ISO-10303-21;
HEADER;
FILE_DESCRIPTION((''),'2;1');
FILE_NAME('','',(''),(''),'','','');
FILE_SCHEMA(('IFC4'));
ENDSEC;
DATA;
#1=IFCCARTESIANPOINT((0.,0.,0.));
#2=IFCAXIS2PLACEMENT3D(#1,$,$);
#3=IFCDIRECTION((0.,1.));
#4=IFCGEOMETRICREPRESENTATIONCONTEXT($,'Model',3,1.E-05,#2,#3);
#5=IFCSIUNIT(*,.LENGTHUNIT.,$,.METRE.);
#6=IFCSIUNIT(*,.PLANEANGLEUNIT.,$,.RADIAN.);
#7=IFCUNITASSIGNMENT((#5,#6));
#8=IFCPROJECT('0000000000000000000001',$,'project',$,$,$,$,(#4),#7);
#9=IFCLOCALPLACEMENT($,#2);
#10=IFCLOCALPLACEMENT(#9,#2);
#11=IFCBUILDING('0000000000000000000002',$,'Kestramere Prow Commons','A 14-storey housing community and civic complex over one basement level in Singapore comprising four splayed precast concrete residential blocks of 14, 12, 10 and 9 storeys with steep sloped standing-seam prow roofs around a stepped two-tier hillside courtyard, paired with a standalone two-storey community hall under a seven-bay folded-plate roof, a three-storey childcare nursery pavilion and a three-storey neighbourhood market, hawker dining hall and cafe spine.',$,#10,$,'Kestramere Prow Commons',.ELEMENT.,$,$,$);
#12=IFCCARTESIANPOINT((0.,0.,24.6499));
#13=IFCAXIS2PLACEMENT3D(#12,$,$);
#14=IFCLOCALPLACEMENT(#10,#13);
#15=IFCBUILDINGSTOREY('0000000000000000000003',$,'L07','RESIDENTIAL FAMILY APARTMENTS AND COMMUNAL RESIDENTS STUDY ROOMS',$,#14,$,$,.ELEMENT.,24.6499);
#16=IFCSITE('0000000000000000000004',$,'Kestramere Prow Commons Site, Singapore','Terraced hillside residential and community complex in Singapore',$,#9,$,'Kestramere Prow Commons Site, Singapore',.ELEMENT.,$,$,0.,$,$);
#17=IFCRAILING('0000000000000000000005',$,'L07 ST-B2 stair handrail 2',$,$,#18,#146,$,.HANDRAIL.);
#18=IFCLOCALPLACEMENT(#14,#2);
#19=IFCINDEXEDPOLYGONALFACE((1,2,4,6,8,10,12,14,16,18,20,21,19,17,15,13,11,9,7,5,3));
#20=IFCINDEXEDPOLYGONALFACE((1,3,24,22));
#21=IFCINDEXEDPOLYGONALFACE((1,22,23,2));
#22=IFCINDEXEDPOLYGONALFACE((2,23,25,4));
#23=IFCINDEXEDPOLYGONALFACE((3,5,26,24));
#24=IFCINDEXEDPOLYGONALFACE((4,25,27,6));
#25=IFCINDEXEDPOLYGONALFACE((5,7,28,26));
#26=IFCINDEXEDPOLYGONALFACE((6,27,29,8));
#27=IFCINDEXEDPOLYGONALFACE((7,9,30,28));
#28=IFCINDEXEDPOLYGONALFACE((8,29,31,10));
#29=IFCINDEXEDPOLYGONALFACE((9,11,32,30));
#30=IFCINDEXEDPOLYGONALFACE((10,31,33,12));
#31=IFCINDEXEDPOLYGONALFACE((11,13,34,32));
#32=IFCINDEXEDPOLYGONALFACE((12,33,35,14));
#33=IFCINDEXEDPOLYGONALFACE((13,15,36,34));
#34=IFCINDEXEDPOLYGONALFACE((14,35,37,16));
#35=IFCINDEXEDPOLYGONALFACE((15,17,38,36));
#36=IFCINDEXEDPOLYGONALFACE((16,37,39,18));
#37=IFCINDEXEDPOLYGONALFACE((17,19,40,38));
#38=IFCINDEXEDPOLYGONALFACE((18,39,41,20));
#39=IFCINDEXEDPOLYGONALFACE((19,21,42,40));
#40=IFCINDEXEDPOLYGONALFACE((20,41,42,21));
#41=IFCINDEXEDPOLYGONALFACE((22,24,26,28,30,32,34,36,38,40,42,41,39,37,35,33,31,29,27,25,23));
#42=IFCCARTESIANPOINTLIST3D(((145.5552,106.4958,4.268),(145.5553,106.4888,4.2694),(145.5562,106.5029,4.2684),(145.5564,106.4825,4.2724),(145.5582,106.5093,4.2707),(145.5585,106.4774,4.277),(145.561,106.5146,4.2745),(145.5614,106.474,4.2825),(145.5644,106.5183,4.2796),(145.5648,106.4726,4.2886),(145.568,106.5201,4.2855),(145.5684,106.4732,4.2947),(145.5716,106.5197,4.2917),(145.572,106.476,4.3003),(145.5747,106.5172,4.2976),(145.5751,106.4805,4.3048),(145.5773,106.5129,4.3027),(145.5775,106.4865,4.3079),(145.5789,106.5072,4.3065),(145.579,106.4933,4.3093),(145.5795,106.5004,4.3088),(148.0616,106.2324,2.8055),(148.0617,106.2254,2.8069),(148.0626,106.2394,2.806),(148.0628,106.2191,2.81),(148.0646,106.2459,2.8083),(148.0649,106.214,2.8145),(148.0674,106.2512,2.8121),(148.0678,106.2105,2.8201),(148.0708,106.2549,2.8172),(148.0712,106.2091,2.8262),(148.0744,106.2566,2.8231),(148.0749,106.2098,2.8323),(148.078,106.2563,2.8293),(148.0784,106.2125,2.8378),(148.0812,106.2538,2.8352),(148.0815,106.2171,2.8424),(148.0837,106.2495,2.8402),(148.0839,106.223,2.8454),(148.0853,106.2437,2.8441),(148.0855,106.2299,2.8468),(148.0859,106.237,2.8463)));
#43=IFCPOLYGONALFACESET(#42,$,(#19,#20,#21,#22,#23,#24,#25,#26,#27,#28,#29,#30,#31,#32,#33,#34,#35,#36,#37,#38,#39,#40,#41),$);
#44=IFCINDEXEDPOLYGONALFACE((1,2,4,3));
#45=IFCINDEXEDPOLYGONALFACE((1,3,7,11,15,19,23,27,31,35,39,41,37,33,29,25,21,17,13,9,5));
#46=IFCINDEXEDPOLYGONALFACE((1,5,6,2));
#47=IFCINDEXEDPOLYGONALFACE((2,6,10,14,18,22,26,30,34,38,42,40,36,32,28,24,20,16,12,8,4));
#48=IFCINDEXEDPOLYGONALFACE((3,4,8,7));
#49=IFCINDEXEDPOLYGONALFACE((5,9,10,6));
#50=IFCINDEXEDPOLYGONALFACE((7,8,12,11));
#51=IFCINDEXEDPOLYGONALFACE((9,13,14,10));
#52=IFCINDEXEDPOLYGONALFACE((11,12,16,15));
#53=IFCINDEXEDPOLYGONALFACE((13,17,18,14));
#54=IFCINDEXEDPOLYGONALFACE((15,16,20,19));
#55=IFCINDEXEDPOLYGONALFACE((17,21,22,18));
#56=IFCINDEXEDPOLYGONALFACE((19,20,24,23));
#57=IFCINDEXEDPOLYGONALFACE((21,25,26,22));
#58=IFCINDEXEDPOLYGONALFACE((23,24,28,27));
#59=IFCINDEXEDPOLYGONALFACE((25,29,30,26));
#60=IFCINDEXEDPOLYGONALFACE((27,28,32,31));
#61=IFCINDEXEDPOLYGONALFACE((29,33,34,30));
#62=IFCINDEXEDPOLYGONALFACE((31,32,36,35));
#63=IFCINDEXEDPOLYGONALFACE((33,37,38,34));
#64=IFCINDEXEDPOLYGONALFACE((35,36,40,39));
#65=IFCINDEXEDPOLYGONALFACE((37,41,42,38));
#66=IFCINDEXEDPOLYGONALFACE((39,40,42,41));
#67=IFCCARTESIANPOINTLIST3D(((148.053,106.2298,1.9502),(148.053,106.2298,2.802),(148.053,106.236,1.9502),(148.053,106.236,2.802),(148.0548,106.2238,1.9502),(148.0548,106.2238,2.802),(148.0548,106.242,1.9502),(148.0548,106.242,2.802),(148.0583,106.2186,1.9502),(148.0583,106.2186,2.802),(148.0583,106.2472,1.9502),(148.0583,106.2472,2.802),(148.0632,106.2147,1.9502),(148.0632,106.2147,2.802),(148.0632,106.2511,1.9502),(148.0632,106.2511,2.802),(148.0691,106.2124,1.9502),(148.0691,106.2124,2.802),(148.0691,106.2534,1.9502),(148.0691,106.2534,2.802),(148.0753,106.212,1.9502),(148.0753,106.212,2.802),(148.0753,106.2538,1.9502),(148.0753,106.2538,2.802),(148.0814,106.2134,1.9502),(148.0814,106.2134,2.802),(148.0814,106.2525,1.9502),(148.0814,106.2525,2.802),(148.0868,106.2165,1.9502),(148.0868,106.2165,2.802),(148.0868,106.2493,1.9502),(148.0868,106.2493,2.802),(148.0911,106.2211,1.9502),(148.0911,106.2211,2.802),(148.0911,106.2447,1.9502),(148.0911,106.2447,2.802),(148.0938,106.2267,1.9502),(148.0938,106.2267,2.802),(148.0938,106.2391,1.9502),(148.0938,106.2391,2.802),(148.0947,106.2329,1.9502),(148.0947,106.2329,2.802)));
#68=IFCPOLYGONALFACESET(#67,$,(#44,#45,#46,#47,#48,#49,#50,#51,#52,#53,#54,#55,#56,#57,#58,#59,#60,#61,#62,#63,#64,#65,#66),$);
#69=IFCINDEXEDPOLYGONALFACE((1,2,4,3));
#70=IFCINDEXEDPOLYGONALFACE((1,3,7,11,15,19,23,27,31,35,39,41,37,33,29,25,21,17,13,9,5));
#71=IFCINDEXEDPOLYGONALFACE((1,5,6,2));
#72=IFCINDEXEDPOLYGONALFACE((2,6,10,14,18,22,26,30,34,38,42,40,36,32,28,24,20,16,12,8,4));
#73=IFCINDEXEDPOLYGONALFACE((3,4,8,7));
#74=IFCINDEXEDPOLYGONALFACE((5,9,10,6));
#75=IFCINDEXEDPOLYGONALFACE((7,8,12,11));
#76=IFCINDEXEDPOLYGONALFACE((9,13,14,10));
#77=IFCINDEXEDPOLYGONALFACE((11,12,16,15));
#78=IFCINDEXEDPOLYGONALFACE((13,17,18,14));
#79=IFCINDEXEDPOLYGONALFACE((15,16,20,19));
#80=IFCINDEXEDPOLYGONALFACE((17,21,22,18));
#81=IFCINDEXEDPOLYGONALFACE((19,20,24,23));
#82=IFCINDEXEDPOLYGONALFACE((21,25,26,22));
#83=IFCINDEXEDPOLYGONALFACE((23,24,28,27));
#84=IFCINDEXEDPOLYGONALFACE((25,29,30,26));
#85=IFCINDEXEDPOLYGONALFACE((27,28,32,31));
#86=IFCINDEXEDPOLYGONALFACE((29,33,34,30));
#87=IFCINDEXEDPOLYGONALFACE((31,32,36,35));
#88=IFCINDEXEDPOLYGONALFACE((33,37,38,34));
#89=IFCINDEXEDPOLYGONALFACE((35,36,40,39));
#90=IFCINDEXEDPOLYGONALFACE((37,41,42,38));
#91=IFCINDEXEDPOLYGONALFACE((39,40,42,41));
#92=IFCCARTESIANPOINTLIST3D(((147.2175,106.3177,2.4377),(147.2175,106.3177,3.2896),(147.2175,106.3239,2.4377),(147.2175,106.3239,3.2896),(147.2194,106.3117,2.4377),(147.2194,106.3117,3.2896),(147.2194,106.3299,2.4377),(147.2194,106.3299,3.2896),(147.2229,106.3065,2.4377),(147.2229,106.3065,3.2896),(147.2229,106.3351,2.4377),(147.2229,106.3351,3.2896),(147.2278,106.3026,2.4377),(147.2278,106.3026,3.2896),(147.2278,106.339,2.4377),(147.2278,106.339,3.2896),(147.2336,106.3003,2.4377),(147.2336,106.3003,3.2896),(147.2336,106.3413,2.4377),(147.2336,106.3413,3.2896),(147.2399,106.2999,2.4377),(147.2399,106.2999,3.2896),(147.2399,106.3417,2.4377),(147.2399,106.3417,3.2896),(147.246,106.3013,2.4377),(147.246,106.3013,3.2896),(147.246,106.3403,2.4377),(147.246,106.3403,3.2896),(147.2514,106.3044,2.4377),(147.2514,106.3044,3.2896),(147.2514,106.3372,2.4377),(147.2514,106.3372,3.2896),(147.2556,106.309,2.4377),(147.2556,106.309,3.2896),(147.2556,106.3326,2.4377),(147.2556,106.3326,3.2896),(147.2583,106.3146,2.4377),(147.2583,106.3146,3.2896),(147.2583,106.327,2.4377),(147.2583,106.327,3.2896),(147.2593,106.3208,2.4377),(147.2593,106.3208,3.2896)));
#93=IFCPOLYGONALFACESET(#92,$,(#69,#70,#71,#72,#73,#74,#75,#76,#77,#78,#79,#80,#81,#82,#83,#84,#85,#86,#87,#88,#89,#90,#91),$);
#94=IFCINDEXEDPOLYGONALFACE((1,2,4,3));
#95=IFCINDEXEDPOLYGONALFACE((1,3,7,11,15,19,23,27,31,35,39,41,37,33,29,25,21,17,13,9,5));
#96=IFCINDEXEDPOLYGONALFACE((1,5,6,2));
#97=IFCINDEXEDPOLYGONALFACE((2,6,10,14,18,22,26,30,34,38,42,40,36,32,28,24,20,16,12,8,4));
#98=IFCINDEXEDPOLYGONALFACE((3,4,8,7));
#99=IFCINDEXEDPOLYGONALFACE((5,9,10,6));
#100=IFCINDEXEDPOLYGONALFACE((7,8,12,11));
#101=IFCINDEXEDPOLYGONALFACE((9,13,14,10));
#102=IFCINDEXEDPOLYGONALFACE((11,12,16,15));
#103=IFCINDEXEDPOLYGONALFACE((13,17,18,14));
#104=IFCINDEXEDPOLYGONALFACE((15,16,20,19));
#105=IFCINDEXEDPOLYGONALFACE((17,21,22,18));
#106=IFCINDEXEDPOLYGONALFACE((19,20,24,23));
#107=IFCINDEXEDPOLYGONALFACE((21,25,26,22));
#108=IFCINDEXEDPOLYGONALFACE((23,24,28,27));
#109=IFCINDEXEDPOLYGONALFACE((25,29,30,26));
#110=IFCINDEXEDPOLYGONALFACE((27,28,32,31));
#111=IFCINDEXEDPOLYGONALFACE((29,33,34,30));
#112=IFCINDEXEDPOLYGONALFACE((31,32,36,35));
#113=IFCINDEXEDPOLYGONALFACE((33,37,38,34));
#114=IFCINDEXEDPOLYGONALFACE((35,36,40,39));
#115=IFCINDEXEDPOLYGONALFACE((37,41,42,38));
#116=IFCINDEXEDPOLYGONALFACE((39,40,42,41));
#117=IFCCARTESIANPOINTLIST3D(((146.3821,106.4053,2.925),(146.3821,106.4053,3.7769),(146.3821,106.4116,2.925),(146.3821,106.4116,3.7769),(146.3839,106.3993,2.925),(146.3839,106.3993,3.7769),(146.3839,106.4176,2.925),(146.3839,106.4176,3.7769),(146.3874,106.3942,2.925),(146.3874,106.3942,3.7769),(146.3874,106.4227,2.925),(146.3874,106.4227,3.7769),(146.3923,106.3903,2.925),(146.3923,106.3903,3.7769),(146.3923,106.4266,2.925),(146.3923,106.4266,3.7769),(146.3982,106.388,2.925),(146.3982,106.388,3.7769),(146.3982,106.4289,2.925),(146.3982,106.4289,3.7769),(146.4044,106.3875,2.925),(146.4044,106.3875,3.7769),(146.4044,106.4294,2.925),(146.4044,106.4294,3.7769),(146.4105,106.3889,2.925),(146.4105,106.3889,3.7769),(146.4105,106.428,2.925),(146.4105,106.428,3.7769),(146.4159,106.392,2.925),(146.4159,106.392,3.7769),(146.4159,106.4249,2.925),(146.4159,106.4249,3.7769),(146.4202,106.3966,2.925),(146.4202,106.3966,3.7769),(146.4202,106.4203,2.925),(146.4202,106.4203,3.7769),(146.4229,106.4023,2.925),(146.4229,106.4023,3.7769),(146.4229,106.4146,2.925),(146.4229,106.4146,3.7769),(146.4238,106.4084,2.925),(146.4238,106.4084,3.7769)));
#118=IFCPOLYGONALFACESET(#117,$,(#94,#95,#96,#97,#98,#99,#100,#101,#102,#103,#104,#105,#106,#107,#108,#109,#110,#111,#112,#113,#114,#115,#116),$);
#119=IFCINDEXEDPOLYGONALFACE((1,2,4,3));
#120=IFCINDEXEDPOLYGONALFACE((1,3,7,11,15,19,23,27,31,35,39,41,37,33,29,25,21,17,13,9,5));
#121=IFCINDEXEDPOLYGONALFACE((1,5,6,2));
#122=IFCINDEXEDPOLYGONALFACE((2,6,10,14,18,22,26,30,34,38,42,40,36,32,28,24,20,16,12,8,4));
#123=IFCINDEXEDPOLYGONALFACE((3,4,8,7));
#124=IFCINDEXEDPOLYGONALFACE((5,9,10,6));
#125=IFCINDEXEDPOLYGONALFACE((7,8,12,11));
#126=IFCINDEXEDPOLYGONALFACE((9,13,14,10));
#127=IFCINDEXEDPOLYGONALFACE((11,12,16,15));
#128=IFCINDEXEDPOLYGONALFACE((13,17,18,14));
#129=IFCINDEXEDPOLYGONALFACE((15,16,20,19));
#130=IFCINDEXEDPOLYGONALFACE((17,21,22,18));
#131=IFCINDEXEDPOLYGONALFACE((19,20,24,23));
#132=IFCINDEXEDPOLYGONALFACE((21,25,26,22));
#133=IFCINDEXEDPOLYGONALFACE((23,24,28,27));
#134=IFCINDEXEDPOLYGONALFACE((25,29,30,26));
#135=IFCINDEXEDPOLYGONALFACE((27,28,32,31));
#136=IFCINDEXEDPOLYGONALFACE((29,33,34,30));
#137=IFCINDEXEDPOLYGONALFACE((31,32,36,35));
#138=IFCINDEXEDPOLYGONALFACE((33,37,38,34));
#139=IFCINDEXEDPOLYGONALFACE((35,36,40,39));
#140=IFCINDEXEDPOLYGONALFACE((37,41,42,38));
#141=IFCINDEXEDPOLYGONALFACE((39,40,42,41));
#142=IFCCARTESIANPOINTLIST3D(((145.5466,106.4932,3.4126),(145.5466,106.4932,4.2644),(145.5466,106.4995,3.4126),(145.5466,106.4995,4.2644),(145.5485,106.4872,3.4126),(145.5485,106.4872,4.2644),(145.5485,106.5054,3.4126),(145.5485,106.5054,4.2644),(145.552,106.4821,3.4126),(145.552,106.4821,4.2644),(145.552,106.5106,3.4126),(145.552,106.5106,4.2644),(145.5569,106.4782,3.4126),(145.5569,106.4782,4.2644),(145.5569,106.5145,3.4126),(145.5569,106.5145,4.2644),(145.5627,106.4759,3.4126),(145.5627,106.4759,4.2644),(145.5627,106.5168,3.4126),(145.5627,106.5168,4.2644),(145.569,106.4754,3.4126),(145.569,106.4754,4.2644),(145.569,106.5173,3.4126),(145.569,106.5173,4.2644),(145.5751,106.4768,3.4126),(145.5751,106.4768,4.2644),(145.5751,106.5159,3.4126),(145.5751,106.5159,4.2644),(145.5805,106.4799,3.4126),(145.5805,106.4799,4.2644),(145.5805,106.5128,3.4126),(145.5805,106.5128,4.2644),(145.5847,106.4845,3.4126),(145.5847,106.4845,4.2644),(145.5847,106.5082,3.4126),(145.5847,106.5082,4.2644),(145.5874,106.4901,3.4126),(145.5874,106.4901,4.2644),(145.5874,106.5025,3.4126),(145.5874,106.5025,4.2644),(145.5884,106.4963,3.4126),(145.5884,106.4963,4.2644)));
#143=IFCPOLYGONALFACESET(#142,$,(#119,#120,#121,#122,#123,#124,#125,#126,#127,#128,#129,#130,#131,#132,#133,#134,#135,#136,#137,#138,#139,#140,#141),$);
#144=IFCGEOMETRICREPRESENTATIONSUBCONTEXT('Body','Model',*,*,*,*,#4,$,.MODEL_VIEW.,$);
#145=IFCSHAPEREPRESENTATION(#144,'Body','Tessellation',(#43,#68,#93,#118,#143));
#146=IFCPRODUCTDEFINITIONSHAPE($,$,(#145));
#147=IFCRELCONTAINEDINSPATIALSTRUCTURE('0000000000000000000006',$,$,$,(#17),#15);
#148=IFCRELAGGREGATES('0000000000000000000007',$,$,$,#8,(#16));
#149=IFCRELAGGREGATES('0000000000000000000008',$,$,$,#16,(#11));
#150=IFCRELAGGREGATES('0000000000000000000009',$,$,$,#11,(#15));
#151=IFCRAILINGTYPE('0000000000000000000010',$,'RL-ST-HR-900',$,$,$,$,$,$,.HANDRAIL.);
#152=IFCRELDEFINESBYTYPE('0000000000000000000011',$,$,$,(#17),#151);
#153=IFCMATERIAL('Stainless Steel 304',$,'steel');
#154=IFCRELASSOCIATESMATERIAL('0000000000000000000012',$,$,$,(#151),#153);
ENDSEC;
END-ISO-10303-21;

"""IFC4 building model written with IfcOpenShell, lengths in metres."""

from ifc_helpers import new_model, si_unit, direction, frame, origin, origin_2d, place, context, subcontext, project, spatial, circle, extrude, material, type_object, element, save


model = new_model("IFC4")

# Units and contexts
model_context = context("Model", 3, precision=1e-05, world=origin(), true_north=direction((0.0, 1.0)))
body_context = subcontext(model_context, "Body", "Model", "MODEL_VIEW")
ifc_project = project(units=[si_unit("LENGTHUNIT", "METRE"), si_unit("PLANEANGLEUNIT", "RADIAN")], contexts=[model_context])

# Site, building, storey
site_placement = place(None, origin())
site = spatial("IfcSite", under=ifc_project, at=site_placement, Name="Kestramere Prow Commons Site, Singapore", Description="Terraced hillside residential and community complex in Singapore", LongName="Kestramere Prow Commons Site, Singapore", CompositionType="ELEMENT", RefElevation=0.0)
building_placement = place(site_placement, origin())
building = spatial("IfcBuilding", under=site, at=building_placement, Name="Kestramere Prow Commons", Description="A 14-storey housing community and civic complex over one basement level in Singapore comprising four splayed precast concrete residential blocks of 14, 12, 10 and 9 storeys with steep sloped standing-seam prow roofs around a stepped two-tier hillside courtyard, paired with a standalone two-storey community hall under a seven-bay folded-plate roof, a three-storey childcare nursery pavilion and a three-storey neighbourhood market, hawker dining hall and cafe spine.", LongName="Kestramere Prow Commons", CompositionType="ELEMENT")
storey_placement = place(building_placement, frame((0.0, 0.0, 24.6499)))
storey = spatial("IfcBuildingStorey", under=building, at=storey_placement, Name="L07", Description="RESIDENTIAL FAMILY APARTMENTS AND COMMUNAL RESIDENTS STUDY ROOMS", CompositionType="ELEMENT", Elevation=24.6499)

# Railing
ifc_material_1 = material(Name="Stainless Steel 304", Category="steel")
railing_type_1 = type_object("IfcRailingType", Name="RL-ST-HR-900", PredefinedType="HANDRAIL", material=ifc_material_1)
railing_1_placement = place(storey_placement, frame((148.0737, 106.2329, 1.9502)))
element("IfcRailing", 1, at=railing_1_placement, inside=storey, type_object=railing_type_1, Name="L07 ST-B2 stair handrail 2", PredefinedType="HANDRAIL", context=body_context, shape_type="SweptSolid", body=[
    extrude(circle(Radius=0.0239, at=origin_2d()), frame((0.0, 0.0, 0.876), z_axis=(-0.860187, 0.090409, 0.501901), x_axis=(-0.104528, -0.994522, 0.0)), (0.0, 0.0, 1.0), 2.9138),
    extrude(circle(Radius=0.021, at=origin_2d()), origin(), (0.0, 0.0, 1.0), 0.8518),
    extrude(circle(Radius=0.021, at=origin_2d()), frame((-0.8354, 0.0879, 0.4875)), (0.0, 0.0, 1.0), 0.8518),
    extrude(circle(Radius=0.021, at=origin_2d()), frame((-1.6709, 0.1755, 0.9749)), (0.0, 0.0, 1.0), 0.8518),
    extrude(circle(Radius=0.021, at=origin_2d()), frame((-2.5063, 0.2634, 1.4624)), (0.0, 0.0, 1.0), 0.8518),
])

save(model, "model.ifc")
